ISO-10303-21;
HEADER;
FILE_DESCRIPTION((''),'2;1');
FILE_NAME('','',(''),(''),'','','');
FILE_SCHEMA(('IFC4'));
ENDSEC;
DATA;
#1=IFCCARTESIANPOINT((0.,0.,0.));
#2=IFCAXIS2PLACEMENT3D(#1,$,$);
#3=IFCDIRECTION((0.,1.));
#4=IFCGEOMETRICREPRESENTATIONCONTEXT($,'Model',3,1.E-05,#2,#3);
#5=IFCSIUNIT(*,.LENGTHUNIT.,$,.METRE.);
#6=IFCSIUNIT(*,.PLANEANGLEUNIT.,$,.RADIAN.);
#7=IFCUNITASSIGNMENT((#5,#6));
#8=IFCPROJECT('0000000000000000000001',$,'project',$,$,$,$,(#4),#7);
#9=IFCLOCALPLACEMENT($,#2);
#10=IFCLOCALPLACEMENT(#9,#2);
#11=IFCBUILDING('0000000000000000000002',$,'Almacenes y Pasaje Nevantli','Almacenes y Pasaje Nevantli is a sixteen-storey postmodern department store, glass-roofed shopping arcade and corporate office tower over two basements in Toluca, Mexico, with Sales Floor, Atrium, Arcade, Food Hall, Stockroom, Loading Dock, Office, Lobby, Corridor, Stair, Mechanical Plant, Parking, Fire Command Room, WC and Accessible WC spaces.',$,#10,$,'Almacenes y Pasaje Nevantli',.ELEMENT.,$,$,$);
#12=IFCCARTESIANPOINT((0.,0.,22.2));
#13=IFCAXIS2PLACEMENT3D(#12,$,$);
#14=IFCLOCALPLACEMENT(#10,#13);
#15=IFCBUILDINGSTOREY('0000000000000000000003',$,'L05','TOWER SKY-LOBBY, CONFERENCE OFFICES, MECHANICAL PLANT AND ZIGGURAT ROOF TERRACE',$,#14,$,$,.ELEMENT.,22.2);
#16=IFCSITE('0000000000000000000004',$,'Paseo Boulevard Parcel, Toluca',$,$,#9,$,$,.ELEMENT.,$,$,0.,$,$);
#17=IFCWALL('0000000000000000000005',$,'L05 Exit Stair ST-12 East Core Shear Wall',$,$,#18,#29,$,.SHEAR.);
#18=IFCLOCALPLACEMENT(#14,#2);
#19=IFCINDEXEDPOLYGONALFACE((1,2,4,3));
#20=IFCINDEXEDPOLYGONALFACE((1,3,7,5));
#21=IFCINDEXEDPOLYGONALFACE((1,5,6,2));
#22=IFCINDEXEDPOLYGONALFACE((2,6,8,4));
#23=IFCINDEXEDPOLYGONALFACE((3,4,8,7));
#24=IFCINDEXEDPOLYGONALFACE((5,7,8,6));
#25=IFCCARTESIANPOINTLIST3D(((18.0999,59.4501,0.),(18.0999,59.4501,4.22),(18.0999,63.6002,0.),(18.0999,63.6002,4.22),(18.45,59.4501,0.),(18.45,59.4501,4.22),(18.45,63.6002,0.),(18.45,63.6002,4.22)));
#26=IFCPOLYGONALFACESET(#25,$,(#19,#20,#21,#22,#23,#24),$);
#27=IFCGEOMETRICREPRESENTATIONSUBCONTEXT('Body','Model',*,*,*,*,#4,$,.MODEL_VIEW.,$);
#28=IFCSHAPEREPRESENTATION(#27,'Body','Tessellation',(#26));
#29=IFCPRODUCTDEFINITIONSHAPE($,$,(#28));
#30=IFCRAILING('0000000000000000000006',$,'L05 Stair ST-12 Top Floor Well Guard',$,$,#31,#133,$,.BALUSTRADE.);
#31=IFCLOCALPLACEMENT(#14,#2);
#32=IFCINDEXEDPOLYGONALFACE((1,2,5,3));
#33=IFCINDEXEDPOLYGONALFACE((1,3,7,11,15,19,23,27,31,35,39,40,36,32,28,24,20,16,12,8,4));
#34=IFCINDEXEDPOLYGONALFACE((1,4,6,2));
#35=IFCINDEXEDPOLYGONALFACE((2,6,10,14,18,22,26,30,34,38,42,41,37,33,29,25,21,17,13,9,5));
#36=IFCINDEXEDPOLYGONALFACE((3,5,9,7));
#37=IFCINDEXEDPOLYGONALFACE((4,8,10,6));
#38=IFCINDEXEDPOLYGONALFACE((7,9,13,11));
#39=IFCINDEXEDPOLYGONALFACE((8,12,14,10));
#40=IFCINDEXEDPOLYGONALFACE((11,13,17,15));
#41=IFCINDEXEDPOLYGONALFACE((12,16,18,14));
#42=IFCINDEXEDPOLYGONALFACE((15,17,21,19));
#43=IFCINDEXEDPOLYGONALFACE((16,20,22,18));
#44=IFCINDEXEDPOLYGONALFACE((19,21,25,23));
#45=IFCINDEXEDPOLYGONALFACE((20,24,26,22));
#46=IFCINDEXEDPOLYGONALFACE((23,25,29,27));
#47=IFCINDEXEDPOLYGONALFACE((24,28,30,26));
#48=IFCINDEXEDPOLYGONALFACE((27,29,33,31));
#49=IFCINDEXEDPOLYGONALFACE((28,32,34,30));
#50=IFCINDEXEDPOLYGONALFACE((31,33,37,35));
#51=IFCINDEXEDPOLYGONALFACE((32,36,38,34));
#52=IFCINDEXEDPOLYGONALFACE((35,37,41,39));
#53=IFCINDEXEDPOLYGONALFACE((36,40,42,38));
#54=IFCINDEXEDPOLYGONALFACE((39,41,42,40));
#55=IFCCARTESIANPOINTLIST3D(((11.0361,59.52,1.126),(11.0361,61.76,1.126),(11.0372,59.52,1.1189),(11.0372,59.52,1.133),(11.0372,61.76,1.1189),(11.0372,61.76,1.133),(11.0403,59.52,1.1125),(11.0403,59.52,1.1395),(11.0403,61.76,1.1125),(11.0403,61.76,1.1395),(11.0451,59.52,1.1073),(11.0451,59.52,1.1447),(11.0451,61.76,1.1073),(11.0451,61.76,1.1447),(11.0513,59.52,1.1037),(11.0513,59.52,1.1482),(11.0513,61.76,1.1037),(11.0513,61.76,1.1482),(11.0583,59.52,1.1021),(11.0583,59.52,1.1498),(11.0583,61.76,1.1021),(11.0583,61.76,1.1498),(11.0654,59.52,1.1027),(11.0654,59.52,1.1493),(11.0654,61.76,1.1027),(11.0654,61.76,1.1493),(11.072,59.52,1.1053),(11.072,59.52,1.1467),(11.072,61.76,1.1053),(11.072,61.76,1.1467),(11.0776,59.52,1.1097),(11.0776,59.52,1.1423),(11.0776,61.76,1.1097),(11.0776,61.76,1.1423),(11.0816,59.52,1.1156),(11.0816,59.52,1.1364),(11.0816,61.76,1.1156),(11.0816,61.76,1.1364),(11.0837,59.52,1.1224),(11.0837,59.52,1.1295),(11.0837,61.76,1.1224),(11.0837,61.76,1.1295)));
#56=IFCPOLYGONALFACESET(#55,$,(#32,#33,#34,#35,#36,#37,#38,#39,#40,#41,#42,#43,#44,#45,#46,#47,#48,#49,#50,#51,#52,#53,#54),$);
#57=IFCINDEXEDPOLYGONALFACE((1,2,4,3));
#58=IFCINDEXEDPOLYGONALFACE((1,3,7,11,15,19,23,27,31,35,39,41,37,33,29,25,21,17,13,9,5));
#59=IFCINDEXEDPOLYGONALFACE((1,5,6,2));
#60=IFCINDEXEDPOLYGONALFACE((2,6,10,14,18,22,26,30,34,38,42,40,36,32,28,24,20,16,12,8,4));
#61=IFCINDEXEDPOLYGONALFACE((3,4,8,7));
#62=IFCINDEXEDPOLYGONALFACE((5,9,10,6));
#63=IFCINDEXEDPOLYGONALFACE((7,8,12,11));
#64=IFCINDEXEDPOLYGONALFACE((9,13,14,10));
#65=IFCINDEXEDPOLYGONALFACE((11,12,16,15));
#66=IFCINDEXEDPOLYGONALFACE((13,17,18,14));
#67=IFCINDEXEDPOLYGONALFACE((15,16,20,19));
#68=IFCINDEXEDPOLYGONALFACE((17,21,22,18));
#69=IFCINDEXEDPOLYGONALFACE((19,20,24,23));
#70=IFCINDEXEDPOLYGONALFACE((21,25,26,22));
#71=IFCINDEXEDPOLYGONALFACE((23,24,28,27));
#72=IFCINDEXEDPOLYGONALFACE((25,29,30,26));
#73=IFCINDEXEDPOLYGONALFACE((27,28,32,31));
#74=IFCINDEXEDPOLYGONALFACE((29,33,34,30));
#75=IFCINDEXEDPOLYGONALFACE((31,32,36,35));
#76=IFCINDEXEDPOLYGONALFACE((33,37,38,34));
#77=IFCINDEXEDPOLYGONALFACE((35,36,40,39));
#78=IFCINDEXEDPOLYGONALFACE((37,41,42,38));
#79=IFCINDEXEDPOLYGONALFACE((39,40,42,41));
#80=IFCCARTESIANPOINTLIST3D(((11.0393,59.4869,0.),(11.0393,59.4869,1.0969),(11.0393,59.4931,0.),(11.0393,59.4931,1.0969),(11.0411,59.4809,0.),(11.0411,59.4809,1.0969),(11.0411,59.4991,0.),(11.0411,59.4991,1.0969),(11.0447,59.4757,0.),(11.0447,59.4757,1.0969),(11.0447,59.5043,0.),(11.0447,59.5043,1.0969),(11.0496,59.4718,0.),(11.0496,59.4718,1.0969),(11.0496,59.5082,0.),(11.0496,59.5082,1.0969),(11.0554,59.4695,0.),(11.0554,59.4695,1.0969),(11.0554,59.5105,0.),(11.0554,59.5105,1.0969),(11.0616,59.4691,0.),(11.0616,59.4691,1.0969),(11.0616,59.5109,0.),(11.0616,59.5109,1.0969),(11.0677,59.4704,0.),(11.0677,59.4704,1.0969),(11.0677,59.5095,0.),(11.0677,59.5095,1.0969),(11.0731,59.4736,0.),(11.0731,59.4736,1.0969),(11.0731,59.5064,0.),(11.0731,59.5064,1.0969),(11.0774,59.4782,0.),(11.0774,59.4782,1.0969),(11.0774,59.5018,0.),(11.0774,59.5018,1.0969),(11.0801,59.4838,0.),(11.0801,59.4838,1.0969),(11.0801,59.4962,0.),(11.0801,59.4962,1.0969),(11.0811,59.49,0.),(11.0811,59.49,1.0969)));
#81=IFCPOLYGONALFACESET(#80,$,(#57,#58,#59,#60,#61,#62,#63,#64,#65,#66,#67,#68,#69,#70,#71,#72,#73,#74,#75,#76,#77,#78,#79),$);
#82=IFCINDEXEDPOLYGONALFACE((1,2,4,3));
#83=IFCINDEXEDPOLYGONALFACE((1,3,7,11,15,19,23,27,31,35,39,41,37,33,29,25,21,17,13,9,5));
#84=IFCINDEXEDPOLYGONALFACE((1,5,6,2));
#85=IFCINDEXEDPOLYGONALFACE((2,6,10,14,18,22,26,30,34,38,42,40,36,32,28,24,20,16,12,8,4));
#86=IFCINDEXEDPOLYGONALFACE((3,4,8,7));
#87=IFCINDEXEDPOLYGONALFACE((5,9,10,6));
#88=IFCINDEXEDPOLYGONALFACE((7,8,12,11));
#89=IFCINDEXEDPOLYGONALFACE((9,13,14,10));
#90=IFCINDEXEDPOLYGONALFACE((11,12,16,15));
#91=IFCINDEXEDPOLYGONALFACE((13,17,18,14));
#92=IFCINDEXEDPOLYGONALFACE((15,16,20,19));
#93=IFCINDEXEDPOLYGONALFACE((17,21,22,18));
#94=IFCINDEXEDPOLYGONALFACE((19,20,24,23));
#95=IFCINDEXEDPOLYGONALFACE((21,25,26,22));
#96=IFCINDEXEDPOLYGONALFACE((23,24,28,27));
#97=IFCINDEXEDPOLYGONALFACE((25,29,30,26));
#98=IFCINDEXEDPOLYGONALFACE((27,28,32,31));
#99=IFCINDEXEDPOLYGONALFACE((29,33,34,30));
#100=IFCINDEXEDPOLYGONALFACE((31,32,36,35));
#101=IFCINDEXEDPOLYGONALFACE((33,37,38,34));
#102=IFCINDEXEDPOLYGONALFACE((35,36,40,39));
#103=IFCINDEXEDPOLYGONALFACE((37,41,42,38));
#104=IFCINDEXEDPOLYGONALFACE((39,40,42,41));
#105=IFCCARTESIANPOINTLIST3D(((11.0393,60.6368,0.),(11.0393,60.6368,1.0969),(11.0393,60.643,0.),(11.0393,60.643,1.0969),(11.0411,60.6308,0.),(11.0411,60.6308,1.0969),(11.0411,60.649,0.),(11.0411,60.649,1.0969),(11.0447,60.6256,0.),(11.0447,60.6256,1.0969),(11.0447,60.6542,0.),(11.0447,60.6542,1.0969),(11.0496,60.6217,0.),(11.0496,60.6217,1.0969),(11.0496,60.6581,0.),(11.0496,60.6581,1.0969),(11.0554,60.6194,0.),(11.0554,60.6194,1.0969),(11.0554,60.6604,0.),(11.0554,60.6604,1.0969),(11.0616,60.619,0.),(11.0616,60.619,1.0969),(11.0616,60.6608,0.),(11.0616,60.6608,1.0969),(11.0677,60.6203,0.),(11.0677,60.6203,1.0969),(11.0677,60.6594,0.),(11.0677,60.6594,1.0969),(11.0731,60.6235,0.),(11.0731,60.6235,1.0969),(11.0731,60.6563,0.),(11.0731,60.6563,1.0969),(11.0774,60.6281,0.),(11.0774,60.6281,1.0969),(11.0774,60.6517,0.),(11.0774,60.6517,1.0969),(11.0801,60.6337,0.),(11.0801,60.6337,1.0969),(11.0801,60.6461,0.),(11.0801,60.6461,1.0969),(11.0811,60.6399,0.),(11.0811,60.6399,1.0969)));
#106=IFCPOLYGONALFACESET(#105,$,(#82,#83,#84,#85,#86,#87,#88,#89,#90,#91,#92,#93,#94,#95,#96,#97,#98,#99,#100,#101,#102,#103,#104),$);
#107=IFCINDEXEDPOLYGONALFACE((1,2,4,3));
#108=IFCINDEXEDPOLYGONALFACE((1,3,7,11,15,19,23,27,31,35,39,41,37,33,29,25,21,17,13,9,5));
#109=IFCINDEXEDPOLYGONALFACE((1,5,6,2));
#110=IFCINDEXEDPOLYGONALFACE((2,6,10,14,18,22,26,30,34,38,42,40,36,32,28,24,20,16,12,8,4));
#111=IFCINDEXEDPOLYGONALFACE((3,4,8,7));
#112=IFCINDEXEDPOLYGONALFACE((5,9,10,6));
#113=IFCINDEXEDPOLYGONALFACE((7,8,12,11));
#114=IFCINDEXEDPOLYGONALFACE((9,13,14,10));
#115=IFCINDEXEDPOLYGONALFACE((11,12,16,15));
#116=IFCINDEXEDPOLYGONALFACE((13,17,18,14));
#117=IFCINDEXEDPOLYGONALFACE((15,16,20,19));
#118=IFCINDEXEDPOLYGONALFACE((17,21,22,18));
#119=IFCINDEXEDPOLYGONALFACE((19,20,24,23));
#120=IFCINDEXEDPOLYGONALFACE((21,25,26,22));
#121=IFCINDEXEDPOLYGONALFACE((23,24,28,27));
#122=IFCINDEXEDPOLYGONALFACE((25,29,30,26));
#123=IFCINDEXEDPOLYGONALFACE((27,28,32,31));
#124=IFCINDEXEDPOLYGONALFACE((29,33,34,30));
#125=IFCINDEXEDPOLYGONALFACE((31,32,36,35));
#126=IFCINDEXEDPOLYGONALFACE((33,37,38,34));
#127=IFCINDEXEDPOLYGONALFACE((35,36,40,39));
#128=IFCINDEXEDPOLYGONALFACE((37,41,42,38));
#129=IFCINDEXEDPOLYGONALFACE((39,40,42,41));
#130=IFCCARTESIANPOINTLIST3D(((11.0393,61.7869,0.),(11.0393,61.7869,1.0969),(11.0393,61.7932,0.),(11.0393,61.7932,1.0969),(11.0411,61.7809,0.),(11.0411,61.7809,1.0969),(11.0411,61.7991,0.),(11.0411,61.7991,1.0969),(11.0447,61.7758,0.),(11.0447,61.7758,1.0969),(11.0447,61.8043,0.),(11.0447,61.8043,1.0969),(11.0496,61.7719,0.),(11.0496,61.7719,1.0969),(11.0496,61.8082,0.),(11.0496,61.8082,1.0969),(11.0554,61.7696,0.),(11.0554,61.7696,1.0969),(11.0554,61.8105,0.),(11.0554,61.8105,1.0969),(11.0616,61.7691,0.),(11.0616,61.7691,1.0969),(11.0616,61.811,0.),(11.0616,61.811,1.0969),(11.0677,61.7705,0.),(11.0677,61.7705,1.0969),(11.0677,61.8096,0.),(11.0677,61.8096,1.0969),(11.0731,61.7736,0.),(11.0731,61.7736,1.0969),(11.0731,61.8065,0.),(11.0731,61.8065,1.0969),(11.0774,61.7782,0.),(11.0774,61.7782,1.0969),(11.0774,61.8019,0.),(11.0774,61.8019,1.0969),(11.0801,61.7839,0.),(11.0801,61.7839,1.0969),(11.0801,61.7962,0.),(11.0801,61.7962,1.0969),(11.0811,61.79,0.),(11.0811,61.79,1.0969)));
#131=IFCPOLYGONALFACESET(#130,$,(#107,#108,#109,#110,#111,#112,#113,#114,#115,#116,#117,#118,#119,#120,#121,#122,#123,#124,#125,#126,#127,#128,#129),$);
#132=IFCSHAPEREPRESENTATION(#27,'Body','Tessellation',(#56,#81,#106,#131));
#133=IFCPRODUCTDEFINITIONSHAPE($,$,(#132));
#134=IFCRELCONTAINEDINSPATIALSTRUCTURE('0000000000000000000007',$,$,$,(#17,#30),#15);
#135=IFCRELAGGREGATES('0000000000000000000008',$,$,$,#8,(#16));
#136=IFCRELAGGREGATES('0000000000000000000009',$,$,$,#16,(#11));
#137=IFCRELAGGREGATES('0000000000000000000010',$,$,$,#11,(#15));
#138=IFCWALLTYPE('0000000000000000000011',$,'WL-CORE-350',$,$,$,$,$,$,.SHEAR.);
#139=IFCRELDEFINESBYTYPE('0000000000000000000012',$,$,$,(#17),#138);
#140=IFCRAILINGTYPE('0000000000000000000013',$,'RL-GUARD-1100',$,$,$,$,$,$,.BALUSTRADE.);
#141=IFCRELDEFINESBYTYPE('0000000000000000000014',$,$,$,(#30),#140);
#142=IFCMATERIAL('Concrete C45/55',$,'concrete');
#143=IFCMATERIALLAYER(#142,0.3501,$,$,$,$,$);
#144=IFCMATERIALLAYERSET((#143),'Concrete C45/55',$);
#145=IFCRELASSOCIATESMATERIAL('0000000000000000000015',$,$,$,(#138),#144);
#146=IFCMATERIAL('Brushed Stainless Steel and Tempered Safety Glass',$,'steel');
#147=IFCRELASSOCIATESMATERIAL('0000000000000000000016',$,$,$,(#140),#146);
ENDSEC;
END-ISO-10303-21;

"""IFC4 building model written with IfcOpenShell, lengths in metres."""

from ifc_helpers import new_model, si_unit, direction, frame, frame_2d, origin, origin_2d, place, context, subcontext, project, spatial, rectangle, circle, extrude, material, layer, layer_set, type_object, element, save


model = new_model("IFC4")

# Units and contexts
model_context = context("Model", 3, precision=1e-05, world=origin(), true_north=direction((0.0, 1.0)))
body_context = subcontext(model_context, "Body", "Model", "MODEL_VIEW")
ifc_project = project(units=[si_unit("LENGTHUNIT", "METRE"), si_unit("PLANEANGLEUNIT", "RADIAN")], contexts=[model_context])

# Site, building, storey
site_placement = place(None, origin())
site = spatial("IfcSite", under=ifc_project, at=site_placement, Name="Paseo Boulevard Parcel, Toluca", CompositionType="ELEMENT", RefElevation=0.0)
building_placement = place(site_placement, origin())
building = spatial("IfcBuilding", under=site, at=building_placement, Name="Almacenes y Pasaje Nevantli", Description="Almacenes y Pasaje Nevantli is a sixteen-storey postmodern department store, glass-roofed shopping arcade and corporate office tower over two basements in Toluca, Mexico, with Sales Floor, Atrium, Arcade, Food Hall, Stockroom, Loading Dock, Office, Lobby, Corridor, Stair, Mechanical Plant, Parking, Fire Command Room, WC and Accessible WC spaces.", LongName="Almacenes y Pasaje Nevantli", CompositionType="ELEMENT")
storey_placement = place(building_placement, frame((0.0, 0.0, 22.2)))
storey = spatial("IfcBuildingStorey", under=building, at=storey_placement, Name="L05", Description="TOWER SKY-LOBBY, CONFERENCE OFFICES, MECHANICAL PLANT AND ZIGGURAT ROOF TERRACE", CompositionType="ELEMENT", Elevation=22.2)

# Shared definitions
ifc_material_1 = material(Name="Concrete C45/55", Category="concrete")
ifc_layer = layer(ifc_material_1, 0.3501)
ifc_layer_set = layer_set([ifc_layer], Name="Concrete C45/55")
wall_type = type_object("IfcWallType", Name="WL-CORE-350", PredefinedType="SHEAR", material=ifc_layer_set)

# Wall
for number, where, z_axis, x_axis, name in (
    (1, (18.2749, 59.45, 0.0), (0.0, 0.0, 1.0), (0.0, 1.0, 0.0), "L05 Exit Stair ST-12 East Core Shear Wall"),
):
    element("IfcWall", number, at=place(storey_placement, frame(where, z_axis=z_axis, x_axis=x_axis)), inside=storey, type_object=wall_type, Name=name, PredefinedType="SHEAR", context=body_context, shape_type="SweptSolid", body=[
        extrude(rectangle(XDim=4.1501, YDim=0.3501, at=frame_2d((2.0752, 0.0))), origin(), (0.0, 0.0, 1.0), 4.22),
    ])

# Railing
ifc_material_2 = material(Name="Brushed Stainless Steel and Tempered Safety Glass", Category="steel")
railing_type = type_object("IfcRailingType", Name="RL-GUARD-1100", PredefinedType="BALUSTRADE", material=ifc_material_2)
railing_placement = place(storey_placement, frame((11.0601, 59.49, 0.0)))
element("IfcRailing", 2, at=railing_placement, inside=storey, type_object=railing_type, Name="L05 Stair ST-12 Top Floor Well Guard", PredefinedType="BALUSTRADE", context=body_context, shape_type="SweptSolid", body=[
    extrude(circle(Radius=0.0239, at=origin_2d()), frame((0.0, 0.03, 1.126), z_axis=(0.0, 1.0, 0.0), x_axis=(-1.0, 0.0, 0.0)), (0.0, 0.0, 1.0), 2.24),
    extrude(circle(Radius=0.021, at=origin_2d()), origin(), (0.0, 0.0, 1.0), 1.0969),
    extrude(circle(Radius=0.021, at=origin_2d()), frame((0.0, 1.1499, 0.0)), (0.0, 0.0, 1.0), 1.0969),
    extrude(circle(Radius=0.021, at=origin_2d()), frame((0.0, 2.3, 0.0)), (0.0, 0.0, 1.0), 1.0969),
])

save(model, "model.ifc")
